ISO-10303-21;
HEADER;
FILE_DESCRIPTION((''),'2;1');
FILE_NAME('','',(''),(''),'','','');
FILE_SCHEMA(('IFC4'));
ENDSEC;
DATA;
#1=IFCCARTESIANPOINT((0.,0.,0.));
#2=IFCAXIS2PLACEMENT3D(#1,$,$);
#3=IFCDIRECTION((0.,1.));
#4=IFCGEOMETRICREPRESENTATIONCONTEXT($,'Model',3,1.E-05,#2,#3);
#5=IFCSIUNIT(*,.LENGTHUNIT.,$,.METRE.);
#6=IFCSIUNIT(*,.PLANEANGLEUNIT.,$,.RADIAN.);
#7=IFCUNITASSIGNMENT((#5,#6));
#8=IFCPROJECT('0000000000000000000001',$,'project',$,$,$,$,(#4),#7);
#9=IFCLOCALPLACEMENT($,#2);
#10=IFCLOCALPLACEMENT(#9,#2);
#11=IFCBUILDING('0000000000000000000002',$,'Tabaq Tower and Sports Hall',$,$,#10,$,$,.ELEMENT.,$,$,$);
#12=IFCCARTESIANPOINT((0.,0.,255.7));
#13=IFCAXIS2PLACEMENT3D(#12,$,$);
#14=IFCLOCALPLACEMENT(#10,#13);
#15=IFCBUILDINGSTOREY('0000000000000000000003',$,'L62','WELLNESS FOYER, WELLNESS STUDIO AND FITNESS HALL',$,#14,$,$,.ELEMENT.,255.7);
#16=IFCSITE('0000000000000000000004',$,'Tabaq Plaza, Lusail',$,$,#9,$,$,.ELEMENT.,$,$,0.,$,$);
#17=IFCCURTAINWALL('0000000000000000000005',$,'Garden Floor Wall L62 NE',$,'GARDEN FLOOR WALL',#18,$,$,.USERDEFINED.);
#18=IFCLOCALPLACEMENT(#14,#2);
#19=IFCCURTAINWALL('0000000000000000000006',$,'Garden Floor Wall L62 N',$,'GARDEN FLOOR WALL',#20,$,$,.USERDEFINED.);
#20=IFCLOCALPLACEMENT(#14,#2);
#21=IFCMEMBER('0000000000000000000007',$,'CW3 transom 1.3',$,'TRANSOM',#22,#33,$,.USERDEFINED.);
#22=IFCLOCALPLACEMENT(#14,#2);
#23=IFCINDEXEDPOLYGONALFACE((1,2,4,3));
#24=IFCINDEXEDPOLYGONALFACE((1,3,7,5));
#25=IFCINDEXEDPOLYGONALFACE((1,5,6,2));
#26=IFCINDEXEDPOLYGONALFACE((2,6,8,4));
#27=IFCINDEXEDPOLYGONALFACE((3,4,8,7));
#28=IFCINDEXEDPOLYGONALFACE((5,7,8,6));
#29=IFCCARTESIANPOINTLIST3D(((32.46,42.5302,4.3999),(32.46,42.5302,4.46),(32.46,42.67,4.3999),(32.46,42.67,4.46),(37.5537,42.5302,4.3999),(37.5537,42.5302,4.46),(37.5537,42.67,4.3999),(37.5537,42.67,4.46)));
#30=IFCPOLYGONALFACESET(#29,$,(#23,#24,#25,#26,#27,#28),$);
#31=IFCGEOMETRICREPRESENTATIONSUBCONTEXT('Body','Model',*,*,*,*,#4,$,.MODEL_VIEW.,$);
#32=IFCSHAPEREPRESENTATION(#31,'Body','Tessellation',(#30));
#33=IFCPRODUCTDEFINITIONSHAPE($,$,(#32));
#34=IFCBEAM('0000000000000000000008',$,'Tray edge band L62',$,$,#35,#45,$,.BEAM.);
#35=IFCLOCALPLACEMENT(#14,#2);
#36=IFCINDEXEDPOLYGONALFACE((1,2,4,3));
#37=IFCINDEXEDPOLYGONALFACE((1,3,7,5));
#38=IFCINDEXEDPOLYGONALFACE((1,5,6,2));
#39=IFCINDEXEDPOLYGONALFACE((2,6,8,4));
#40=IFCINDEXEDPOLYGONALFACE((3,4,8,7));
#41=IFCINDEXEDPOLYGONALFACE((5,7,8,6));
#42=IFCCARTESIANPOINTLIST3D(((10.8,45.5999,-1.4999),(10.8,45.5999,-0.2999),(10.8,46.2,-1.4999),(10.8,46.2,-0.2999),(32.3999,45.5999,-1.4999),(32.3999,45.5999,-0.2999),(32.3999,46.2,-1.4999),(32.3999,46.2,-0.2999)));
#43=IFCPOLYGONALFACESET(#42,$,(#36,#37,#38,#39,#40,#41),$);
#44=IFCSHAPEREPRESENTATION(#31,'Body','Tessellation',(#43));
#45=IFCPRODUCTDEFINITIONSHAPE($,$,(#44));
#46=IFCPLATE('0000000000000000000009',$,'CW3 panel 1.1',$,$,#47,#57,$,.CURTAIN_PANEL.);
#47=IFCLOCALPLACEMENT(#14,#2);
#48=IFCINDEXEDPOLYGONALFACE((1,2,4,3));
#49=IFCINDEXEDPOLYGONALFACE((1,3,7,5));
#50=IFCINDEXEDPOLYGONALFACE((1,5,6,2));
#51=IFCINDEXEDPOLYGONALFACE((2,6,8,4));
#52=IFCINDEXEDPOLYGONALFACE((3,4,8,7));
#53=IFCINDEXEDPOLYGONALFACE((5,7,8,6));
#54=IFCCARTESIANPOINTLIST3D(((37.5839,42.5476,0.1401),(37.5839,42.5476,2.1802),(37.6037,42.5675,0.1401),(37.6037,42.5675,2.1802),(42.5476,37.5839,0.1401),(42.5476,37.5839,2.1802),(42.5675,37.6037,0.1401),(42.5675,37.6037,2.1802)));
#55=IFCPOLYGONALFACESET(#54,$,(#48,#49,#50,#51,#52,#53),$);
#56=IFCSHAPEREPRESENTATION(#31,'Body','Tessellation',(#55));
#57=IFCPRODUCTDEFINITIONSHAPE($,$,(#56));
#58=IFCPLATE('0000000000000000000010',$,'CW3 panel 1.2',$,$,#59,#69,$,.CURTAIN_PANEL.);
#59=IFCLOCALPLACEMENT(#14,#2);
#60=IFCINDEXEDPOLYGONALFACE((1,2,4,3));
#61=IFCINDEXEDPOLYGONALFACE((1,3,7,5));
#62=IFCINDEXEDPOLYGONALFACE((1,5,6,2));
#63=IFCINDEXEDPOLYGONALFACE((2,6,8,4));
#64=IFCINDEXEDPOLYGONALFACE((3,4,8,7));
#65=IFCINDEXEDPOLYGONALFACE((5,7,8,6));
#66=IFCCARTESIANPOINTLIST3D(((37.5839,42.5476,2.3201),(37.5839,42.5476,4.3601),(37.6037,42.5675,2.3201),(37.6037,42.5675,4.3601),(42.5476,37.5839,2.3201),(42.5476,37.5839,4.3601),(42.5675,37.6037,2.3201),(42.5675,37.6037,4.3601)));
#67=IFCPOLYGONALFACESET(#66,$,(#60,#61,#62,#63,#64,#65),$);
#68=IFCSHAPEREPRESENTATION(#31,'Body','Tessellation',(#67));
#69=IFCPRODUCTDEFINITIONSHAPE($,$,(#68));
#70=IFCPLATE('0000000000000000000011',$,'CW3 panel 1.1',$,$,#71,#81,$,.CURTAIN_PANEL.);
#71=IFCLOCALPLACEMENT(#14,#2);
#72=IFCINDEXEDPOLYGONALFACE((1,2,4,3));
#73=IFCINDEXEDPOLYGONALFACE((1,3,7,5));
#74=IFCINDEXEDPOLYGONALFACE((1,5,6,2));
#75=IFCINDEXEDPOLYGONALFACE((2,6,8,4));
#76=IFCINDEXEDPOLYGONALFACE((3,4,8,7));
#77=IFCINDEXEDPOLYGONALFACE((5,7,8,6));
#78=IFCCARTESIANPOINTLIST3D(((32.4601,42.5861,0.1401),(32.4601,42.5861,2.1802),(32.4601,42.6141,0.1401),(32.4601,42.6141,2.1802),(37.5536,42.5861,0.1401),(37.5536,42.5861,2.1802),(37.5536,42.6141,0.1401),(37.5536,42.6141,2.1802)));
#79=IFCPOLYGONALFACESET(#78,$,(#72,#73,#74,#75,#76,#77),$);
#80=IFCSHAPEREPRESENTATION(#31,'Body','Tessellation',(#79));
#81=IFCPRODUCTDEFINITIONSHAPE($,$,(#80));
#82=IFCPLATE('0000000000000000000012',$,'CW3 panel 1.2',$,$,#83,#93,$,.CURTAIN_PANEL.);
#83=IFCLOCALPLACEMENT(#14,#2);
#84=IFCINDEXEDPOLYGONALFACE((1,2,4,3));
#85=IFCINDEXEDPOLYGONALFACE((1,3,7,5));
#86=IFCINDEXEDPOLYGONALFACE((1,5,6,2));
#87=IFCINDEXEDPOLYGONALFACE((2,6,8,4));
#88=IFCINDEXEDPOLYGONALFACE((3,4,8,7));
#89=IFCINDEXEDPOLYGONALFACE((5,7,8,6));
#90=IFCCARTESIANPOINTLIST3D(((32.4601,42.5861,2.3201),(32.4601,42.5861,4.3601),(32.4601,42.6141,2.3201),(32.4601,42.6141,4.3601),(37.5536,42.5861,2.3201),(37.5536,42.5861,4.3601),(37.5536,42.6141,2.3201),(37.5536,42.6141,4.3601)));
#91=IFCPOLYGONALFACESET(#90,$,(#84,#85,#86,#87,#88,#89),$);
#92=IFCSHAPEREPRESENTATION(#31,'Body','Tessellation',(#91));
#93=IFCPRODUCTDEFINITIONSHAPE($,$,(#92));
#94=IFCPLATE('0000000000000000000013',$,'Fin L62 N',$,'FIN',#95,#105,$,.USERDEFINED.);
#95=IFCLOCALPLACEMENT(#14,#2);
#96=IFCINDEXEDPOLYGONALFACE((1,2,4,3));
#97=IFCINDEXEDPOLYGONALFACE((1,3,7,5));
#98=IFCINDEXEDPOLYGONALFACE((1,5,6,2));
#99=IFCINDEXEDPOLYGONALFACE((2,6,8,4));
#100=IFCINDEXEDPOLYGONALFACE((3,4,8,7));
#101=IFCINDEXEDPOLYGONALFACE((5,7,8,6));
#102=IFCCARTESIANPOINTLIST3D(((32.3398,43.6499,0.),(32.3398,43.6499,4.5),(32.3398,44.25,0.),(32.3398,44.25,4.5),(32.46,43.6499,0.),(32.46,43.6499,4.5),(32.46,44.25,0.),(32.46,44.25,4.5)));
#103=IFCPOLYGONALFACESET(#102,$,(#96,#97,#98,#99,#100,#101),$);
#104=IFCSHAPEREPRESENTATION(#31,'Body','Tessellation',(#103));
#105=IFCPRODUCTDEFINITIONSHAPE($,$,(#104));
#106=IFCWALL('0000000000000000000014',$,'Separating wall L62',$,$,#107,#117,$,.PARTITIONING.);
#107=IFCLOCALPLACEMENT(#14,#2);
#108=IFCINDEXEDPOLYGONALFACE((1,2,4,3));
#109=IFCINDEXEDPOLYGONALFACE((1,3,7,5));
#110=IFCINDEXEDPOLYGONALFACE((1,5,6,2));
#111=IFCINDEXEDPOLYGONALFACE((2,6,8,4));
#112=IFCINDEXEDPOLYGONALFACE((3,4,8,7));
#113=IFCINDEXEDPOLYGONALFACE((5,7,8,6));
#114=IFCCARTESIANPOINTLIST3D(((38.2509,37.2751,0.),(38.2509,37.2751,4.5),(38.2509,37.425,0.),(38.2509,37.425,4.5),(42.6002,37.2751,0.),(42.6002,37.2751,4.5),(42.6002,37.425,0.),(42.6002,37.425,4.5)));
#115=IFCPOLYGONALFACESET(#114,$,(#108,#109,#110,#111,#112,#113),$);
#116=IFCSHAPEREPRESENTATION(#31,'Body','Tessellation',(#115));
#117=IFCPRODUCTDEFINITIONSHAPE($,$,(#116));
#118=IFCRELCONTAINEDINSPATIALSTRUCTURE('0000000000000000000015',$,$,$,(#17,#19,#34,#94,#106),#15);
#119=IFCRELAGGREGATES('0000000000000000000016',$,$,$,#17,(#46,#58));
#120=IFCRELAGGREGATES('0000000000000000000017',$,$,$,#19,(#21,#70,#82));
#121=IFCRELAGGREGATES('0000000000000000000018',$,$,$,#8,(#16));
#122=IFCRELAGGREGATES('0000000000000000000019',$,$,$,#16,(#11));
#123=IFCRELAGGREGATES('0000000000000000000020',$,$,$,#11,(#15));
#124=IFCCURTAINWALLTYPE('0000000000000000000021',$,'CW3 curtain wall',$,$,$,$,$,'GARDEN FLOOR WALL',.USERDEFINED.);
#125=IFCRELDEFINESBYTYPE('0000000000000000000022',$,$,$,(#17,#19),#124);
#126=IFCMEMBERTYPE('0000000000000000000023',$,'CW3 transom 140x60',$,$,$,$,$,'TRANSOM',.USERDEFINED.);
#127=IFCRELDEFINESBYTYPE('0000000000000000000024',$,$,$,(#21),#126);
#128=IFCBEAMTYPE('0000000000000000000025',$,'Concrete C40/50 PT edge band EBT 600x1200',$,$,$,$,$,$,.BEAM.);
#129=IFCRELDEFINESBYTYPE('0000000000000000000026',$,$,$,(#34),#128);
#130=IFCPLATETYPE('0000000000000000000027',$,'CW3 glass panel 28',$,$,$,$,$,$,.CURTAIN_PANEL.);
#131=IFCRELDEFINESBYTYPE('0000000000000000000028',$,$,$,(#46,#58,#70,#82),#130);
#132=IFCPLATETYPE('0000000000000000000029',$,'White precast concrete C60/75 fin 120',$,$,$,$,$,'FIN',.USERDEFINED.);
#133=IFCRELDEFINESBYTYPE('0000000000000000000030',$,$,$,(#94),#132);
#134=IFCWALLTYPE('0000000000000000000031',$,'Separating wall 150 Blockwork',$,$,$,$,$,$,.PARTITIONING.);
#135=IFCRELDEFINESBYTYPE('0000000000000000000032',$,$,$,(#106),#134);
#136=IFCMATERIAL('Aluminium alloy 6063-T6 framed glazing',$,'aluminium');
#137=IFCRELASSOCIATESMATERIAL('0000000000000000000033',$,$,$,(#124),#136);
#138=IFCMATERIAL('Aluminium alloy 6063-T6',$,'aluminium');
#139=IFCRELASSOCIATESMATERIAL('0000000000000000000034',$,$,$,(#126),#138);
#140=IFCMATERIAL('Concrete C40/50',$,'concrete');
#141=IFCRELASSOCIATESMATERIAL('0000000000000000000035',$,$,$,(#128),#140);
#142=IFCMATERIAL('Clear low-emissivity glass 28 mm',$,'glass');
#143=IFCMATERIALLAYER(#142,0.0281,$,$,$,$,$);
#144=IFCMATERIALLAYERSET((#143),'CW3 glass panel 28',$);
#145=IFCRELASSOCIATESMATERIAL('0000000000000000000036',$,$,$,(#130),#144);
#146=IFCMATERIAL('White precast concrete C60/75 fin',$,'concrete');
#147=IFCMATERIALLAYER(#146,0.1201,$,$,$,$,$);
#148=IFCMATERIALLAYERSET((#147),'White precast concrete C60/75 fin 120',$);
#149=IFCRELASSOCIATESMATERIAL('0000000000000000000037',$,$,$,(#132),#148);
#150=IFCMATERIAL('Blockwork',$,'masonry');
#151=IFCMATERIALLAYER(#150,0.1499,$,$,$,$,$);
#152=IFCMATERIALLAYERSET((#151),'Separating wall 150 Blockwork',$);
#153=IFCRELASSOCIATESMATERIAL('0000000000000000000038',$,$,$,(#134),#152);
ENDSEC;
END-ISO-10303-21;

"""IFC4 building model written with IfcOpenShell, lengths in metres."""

from ifc_helpers import new_model, si_unit, direction, frame, frame_2d, origin, origin_2d, place, context, subcontext, project, spatial, rectangle, extrude, material, layer, layer_set, material_profile, profile_set, type_object, element, aggregate, save


model = new_model("IFC4")

# Units and contexts
model_context = context("Model", 3, precision=1e-05, world=origin(), true_north=direction((0.0, 1.0)))
body_context = subcontext(model_context, "Body", "Model", "MODEL_VIEW")
ifc_project = project(units=[si_unit("LENGTHUNIT", "METRE"), si_unit("PLANEANGLEUNIT", "RADIAN")], contexts=[model_context])

# Site, building, storey
site_placement = place(None, origin())
site = spatial("IfcSite", under=ifc_project, at=site_placement, Name="Tabaq Plaza, Lusail", CompositionType="ELEMENT", RefElevation=0.0)
building_placement = place(site_placement, origin())
building = spatial("IfcBuilding", under=site, at=building_placement, Name="Tabaq Tower and Sports Hall", CompositionType="ELEMENT")
storey_placement = place(building_placement, frame((0.0, 0.0, 255.7)))
storey = spatial("IfcBuildingStorey", under=building, at=storey_placement, Name="L62", Description="WELLNESS FOYER, WELLNESS STUDIO AND FITNESS HALL", CompositionType="ELEMENT", Elevation=255.7)

# Shared definitions
ifc_material_1 = material(Name="Aluminium alloy 6063-T6 framed glazing", Category="aluminium")
curtain_wall_type = type_object("IfcCurtainWallType", Name="CW3 curtain wall", ElementType="GARDEN FLOOR WALL", PredefinedType="USERDEFINED", material=ifc_material_1)

# Curtain walls
curtain_wall_1_placement = place(storey_placement, origin())
curtain_wall_1 = element("IfcCurtainWall", 1, at=curtain_wall_1_placement, inside=storey, type_object=curtain_wall_type, Name="Garden Floor Wall L62 NE", ObjectType="GARDEN FLOOR WALL", PredefinedType="USERDEFINED")
curtain_wall_2_placement = place(storey_placement, origin())
curtain_wall_2 = element("IfcCurtainWall", 2, at=curtain_wall_2_placement, inside=storey, type_object=curtain_wall_type, Name="Garden Floor Wall L62 N", ObjectType="GARDEN FLOOR WALL", PredefinedType="USERDEFINED")

# Member
ifc_material_2 = material(Name="Aluminium alloy 6063-T6", Category="aluminium")
ifc_material_profile_1 = material_profile(ifc_material_2, rectangle(XDim=0.1399, YDim=0.0601, at=origin_2d()), Name="TRANSOM 140x60")
ifc_profile_set_1 = profile_set([ifc_material_profile_1], Name="Aluminium alloy 6063-T6")
member_type_1 = type_object("IfcMemberType", Name="CW3 transom 140x60", ElementType="TRANSOM", PredefinedType="USERDEFINED", material=ifc_profile_set_1)
member_1_placement = place(storey_placement, frame((37.5537, 42.6001, 4.4299), z_axis=(-1.0, 0.0, 0.0), x_axis=(0.0, -1.0, 0.0)))
member_1 = element("IfcMember", 3, at=member_1_placement, type_object=member_type_1, Name="CW3 transom 1.3", ObjectType="TRANSOM", PredefinedType="USERDEFINED", context=body_context, shape_type="SweptSolid", body=[
    extrude(rectangle(XDim=0.1399, YDim=0.0601, at=origin_2d()), origin(), (0.0, 0.0, 1.0), 5.0938),
])

# Beam
ifc_material_3 = material(Name="Concrete C40/50", Category="concrete")
ifc_material_profile_2 = material_profile(ifc_material_3, rectangle(XDim=0.6001, YDim=1.2, at=origin_2d()), Name="EBT 600x1200")
ifc_profile_set_2 = profile_set([ifc_material_profile_2], Name="Concrete C40/50")
beam_type = type_object("IfcBeamType", Name="Concrete C40/50 PT edge band EBT 600x1200", PredefinedType="BEAM", material=ifc_profile_set_2)
beam_placement = place(storey_placement, frame((32.3999, 45.8999, -0.8999), z_axis=(-1.0, 0.0, 0.0), x_axis=(0.0, -1.0, 0.0)))
element("IfcBeam", 4, at=beam_placement, inside=storey, type_object=beam_type, Name="Tray edge band L62", PredefinedType="BEAM", context=body_context, shape_type="SweptSolid", body=[
    extrude(rectangle(XDim=0.6001, YDim=1.2, at=origin_2d()), origin(), (0.0, 0.0, 1.0), 21.5999),
])

# Plates
ifc_material_4 = material(Name="Clear low-emissivity glass 28 mm", Category="glass")
ifc_layer_1 = layer(ifc_material_4, 0.0281)
ifc_layer_set_1 = layer_set([ifc_layer_1], Name="CW3 glass panel 28")
plate_type_1 = type_object("IfcPlateType", Name="CW3 glass panel 28", PredefinedType="CURTAIN_PANEL", material=ifc_layer_set_1)
plate_1_placement = place(storey_placement, frame((40.0757, 40.0757, 0.1401), z_axis=(0.0, 0.0, 1.0), x_axis=(-0.707107, 0.707107, 0.0)))
plate_1 = element("IfcPlate", 5, at=plate_1_placement, type_object=plate_type_1, Name="CW3 panel 1.1", PredefinedType="CURTAIN_PANEL", context=body_context, shape_type="SweptSolid", body=[
    extrude(rectangle(XDim=7.0198, YDim=0.0281, at=origin_2d()), origin(), (0.0, 0.0, 1.0), 2.04),
])
plate_2_placement = place(storey_placement, frame((40.0757, 40.0757, 2.3201), z_axis=(0.0, 0.0, 1.0), x_axis=(-0.707107, 0.707107, 0.0)))
plate_2 = element("IfcPlate", 6, at=plate_2_placement, type_object=plate_type_1, Name="CW3 panel 1.2", PredefinedType="CURTAIN_PANEL", context=body_context, shape_type="SweptSolid", body=[
    extrude(rectangle(XDim=7.0198, YDim=0.0281, at=origin_2d()), origin(), (0.0, 0.0, 1.0), 2.04),
])
aggregate(curtain_wall_1, [plate_1, plate_2])
plate_3_placement = place(storey_placement, frame((35.0068, 42.6001, 0.1401), z_axis=(0.0, 0.0, 1.0), x_axis=(-1.0, 0.0, 0.0)))
plate_3 = element("IfcPlate", 7, at=plate_3_placement, type_object=plate_type_1, Name="CW3 panel 1.1", PredefinedType="CURTAIN_PANEL", context=body_context, shape_type="SweptSolid", body=[
    extrude(rectangle(XDim=5.0935, YDim=0.0281, at=origin_2d()), origin(), (0.0, 0.0, 1.0), 2.04),
])
plate_4_placement = place(storey_placement, frame((35.0068, 42.6001, 2.3201), z_axis=(0.0, 0.0, 1.0), x_axis=(-1.0, 0.0, 0.0)))
plate_4 = element("IfcPlate", 8, at=plate_4_placement, type_object=plate_type_1, Name="CW3 panel 1.2", PredefinedType="CURTAIN_PANEL", context=body_context, shape_type="SweptSolid", body=[
    extrude(rectangle(XDim=5.0935, YDim=0.0281, at=origin_2d()), origin(), (0.0, 0.0, 1.0), 2.04),
])
aggregate(curtain_wall_2, [member_1, plate_3, plate_4])
ifc_material_5 = material(Name="White precast concrete C60/75 fin", Category="concrete")
ifc_layer_2 = layer(ifc_material_5, 0.1201)
ifc_layer_set_2 = layer_set([ifc_layer_2], Name="White precast concrete C60/75 fin 120")
plate_type_2 = type_object("IfcPlateType", Name="White precast concrete C60/75 fin 120", ElementType="FIN", PredefinedType="USERDEFINED", material=ifc_layer_set_2)
plate_5_placement = place(storey_placement, frame((32.3999, 43.95, 0.0), z_axis=(0.0, 0.0, 1.0), x_axis=(-1.0, 0.0, 0.0)))
element("IfcPlate", 9, at=plate_5_placement, inside=storey, type_object=plate_type_2, Name="Fin L62 N", ObjectType="FIN", PredefinedType="USERDEFINED", context=body_context, shape_type="SweptSolid", body=[
    extrude(rectangle(XDim=0.1201, YDim=0.6001, at=origin_2d()), origin(), (0.0, 0.0, 1.0), 4.5),
])

# Wall
ifc_material_6 = material(Name="Blockwork", Category="masonry")
ifc_layer_3 = layer(ifc_material_6, 0.1499)
ifc_layer_set_3 = layer_set([ifc_layer_3], Name="Separating wall 150 Blockwork")
wall_type = type_object("IfcWallType", Name="Separating wall 150 Blockwork", PredefinedType="PARTITIONING", material=ifc_layer_set_3)
wall_1_placement = place(storey_placement, frame((38.2507, 37.3501, 0.0), z_axis=(0.0, 0.0, 1.0), x_axis=(1.0, 0.0, 0.0)))
element("IfcWall", 10, at=wall_1_placement, inside=storey, type_object=wall_type, Name="Separating wall L62", PredefinedType="PARTITIONING", context=body_context, shape_type="SweptSolid", body=[
    extrude(rectangle(XDim=4.3494, YDim=0.1499, at=frame_2d((2.1748, 0.0))), origin(), (0.0, 0.0, 1.0), 4.5),
])

save(model, "model.ifc")
